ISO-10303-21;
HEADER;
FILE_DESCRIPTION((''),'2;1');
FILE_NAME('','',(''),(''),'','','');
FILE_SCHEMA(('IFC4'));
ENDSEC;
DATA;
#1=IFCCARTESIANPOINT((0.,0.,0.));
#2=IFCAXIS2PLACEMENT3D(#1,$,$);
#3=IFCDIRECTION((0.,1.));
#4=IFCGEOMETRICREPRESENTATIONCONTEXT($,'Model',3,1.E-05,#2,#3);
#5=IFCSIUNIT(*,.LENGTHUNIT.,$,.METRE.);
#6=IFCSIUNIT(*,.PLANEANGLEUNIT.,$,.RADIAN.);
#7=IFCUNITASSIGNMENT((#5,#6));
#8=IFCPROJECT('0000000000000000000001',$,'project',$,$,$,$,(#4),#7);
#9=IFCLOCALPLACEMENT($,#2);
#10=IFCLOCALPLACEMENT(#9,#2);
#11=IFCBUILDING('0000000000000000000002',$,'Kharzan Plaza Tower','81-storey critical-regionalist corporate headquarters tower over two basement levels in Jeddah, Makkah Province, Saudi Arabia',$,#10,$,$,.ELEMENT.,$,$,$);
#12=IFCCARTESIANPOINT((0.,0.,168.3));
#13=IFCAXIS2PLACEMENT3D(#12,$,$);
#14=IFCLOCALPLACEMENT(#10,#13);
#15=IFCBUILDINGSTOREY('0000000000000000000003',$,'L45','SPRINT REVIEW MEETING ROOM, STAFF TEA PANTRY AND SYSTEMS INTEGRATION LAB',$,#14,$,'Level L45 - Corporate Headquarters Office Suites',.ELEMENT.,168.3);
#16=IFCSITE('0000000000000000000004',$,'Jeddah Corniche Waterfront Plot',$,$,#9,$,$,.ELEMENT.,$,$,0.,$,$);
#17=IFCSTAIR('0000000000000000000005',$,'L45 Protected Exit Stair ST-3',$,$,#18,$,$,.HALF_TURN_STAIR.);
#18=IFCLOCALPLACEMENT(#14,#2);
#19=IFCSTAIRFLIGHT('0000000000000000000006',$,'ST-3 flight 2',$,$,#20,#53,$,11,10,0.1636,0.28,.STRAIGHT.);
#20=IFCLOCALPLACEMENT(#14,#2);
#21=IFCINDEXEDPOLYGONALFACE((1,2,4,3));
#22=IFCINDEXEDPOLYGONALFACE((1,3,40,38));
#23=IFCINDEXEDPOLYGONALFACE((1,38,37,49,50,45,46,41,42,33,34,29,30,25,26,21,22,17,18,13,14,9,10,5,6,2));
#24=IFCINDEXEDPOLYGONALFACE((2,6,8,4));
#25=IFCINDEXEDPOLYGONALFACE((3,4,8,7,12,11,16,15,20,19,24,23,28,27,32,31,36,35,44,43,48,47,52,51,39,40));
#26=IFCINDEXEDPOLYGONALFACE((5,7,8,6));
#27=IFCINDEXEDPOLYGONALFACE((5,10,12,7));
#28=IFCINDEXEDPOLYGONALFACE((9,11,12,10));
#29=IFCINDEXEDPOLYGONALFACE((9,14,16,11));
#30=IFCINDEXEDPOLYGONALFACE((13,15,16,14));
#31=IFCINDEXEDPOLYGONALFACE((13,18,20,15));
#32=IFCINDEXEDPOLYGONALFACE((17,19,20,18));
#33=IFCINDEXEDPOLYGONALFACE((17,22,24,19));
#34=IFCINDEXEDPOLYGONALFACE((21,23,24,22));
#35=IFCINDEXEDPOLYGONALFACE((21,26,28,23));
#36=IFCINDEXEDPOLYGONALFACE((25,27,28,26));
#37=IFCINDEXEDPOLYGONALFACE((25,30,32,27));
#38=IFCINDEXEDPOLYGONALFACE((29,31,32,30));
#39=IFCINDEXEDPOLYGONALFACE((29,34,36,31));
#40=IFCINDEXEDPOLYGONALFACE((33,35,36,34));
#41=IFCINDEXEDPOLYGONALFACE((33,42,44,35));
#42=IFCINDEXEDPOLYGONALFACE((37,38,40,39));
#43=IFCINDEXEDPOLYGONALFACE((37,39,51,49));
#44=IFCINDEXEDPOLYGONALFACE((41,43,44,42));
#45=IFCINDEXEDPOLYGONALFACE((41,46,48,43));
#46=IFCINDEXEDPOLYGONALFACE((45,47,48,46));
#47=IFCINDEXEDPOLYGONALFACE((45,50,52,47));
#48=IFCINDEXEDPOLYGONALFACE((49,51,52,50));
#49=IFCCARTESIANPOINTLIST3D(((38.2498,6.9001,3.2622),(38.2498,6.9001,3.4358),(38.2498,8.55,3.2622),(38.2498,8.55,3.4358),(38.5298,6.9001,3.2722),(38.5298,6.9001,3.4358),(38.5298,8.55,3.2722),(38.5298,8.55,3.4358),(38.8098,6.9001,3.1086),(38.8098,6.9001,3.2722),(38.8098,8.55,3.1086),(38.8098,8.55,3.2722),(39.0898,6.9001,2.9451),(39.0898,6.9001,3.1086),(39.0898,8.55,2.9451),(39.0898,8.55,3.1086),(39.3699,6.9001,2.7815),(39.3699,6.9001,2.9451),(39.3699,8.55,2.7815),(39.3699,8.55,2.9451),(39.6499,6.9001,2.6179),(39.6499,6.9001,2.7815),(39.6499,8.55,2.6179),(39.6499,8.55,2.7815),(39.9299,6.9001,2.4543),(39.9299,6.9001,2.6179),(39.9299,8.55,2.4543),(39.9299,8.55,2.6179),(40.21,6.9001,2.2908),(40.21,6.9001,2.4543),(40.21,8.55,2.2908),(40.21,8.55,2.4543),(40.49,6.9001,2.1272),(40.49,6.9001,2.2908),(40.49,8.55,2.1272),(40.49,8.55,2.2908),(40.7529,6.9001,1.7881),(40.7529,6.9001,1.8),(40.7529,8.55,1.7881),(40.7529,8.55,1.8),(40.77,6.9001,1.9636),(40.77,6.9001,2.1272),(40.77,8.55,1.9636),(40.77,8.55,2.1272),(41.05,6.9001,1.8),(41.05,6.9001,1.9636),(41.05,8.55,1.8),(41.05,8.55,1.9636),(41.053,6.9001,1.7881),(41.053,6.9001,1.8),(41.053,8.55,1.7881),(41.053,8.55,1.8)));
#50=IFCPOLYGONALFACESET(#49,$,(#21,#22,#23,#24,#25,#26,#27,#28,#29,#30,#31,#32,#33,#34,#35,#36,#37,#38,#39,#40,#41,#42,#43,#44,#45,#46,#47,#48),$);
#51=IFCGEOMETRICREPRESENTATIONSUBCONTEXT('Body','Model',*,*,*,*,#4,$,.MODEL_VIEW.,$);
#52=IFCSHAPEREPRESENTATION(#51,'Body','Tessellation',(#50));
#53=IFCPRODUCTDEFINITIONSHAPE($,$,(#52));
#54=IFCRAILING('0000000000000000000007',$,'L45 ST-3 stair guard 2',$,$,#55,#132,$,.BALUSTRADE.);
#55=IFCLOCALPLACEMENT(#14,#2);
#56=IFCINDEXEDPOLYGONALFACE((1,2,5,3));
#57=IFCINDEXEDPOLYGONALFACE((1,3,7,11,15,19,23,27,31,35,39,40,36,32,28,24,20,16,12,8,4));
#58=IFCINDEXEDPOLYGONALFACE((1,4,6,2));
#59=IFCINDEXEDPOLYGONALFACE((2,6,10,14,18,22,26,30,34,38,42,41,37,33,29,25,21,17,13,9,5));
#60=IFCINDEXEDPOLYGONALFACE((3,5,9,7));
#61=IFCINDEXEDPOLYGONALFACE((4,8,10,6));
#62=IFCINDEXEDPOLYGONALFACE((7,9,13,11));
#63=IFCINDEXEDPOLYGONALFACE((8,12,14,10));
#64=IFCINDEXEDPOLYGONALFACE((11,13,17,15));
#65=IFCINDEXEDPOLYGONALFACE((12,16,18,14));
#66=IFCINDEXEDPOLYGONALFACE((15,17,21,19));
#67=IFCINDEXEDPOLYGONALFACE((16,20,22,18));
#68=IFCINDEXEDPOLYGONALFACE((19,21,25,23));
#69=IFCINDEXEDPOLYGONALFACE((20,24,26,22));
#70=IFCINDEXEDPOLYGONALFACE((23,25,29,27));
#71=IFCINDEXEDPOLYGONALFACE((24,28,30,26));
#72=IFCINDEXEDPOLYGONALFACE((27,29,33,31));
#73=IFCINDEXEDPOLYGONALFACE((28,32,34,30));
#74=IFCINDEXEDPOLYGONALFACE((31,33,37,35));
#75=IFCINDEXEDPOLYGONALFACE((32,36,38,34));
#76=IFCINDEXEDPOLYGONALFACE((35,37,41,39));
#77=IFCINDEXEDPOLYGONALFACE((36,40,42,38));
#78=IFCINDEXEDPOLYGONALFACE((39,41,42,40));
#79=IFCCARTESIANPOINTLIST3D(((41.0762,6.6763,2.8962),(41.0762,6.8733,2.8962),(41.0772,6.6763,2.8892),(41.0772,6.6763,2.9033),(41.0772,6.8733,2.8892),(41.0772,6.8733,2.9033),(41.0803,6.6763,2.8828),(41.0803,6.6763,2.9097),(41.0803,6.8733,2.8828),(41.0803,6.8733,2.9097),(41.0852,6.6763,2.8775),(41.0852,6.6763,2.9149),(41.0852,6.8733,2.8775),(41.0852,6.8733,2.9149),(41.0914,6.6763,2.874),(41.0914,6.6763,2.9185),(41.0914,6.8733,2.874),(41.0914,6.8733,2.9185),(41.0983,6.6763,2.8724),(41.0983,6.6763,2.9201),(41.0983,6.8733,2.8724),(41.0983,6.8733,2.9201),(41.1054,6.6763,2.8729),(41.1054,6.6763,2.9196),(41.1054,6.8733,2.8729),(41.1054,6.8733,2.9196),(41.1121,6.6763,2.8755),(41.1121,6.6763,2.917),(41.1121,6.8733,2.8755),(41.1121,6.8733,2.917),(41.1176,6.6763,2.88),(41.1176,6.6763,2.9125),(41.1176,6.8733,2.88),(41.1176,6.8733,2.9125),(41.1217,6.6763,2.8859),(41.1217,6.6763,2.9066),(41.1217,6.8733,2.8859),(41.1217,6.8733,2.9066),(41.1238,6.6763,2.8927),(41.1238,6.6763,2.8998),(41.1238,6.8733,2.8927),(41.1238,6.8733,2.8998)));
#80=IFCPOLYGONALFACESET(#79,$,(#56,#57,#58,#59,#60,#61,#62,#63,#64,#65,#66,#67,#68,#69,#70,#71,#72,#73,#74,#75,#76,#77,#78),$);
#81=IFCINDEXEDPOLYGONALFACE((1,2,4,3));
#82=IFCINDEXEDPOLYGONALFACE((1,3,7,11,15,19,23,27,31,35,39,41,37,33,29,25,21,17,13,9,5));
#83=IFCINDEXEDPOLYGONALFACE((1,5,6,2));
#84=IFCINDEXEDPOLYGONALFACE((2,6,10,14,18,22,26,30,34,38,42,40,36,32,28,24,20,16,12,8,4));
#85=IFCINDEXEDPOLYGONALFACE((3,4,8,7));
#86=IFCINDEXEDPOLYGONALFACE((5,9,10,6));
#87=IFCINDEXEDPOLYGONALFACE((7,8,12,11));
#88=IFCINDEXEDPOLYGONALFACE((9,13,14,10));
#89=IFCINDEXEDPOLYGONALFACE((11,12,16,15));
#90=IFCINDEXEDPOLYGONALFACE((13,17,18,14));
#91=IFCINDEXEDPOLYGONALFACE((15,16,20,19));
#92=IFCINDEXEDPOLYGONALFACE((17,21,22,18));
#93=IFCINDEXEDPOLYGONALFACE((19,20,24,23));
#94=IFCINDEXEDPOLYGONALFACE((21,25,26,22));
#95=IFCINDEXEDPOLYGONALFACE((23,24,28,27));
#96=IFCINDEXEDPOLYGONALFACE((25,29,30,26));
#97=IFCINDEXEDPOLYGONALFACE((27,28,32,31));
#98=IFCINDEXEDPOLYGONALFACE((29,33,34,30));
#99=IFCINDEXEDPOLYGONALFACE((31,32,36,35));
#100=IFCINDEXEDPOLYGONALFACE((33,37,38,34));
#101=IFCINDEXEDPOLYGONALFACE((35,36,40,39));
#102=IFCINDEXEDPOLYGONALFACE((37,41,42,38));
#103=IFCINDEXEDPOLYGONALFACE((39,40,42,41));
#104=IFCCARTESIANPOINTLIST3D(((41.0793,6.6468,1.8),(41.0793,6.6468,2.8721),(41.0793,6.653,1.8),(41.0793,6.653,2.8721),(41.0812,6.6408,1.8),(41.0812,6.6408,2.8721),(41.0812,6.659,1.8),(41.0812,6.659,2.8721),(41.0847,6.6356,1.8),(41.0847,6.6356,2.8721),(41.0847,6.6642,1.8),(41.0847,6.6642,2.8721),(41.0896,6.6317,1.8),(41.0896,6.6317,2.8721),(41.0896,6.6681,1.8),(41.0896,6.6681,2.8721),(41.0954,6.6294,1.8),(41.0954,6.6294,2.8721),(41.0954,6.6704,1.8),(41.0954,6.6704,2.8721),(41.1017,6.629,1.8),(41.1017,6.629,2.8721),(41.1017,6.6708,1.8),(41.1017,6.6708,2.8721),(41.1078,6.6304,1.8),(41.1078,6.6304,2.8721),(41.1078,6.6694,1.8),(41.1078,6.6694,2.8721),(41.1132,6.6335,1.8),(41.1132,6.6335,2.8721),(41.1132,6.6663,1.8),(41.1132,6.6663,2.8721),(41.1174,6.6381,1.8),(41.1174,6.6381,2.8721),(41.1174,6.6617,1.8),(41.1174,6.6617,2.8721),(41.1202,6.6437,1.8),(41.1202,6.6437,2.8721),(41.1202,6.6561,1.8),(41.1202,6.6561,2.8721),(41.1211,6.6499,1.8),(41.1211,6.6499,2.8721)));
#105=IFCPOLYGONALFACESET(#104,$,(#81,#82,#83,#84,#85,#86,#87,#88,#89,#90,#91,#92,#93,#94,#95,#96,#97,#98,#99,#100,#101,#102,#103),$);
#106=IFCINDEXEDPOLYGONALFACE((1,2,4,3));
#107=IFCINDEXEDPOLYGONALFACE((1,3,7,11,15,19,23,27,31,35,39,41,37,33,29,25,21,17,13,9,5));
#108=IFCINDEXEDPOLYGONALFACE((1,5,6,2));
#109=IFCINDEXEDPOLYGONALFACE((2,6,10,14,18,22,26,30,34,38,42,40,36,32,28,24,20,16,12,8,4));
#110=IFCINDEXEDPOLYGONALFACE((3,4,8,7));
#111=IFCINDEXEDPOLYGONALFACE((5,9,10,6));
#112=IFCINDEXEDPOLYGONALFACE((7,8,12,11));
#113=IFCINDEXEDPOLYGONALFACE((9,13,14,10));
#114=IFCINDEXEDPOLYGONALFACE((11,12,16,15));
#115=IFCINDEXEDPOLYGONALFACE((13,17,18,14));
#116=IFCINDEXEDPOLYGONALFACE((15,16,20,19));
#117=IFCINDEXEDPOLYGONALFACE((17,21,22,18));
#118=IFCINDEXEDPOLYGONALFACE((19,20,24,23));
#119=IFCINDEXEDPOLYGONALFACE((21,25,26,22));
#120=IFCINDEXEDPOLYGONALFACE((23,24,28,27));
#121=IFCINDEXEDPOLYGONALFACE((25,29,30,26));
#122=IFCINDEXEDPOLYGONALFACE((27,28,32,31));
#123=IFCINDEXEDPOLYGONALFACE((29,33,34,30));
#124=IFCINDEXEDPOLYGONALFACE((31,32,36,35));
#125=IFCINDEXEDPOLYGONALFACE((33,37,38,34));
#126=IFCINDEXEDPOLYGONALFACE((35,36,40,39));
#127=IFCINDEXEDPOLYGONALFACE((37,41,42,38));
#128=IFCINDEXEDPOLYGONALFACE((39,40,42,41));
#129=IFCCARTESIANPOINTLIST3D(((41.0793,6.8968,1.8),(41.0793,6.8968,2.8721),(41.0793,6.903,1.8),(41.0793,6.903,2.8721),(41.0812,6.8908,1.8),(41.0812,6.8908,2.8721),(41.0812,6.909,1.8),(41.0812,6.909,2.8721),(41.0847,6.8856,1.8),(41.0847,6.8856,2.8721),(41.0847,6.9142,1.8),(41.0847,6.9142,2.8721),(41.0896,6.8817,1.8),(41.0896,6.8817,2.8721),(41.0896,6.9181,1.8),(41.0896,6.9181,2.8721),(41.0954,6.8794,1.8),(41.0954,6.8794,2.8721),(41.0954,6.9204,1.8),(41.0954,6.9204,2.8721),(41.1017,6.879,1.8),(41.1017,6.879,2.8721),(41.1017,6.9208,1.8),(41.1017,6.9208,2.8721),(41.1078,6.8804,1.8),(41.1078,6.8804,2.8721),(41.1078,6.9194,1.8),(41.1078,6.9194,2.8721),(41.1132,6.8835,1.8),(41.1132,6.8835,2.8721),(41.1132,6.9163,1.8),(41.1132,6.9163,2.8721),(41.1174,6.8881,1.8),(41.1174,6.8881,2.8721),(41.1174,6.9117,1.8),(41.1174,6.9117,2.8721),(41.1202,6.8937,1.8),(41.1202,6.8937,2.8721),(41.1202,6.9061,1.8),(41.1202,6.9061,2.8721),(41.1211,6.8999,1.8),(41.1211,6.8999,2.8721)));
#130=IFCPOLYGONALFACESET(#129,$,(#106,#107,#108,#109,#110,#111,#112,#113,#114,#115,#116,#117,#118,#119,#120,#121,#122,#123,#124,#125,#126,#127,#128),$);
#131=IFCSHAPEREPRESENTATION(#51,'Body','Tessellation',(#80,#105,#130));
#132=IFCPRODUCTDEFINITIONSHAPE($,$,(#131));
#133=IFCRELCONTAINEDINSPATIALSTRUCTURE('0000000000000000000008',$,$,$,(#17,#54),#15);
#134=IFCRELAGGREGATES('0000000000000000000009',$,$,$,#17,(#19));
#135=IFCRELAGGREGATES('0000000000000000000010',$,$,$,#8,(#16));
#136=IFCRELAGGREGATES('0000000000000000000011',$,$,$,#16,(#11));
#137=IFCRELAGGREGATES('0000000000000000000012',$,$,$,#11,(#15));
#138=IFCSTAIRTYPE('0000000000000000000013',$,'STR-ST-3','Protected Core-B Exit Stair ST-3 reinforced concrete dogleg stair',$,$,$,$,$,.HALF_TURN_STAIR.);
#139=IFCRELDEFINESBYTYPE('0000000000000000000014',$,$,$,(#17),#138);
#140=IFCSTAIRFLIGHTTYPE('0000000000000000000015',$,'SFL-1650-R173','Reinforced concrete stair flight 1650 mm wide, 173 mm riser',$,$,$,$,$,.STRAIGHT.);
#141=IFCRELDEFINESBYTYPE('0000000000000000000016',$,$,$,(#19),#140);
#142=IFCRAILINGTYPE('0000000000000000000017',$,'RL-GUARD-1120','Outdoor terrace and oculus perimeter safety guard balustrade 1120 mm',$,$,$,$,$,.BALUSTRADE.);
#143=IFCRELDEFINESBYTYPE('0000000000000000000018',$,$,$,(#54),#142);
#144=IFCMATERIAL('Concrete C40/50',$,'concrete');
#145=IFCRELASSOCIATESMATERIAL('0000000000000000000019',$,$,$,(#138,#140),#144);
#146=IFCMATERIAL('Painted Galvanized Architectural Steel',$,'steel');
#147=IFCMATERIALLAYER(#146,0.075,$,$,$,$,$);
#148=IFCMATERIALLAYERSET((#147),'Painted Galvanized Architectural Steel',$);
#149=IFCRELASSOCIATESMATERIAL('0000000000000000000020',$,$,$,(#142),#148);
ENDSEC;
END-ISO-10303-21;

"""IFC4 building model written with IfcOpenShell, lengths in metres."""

from ifc_helpers import new_model, si_unit, direction, frame, origin, origin_2d, place, context, subcontext, project, spatial, polyline, circle, outline, extrude, source, transform, mapped, material, layer, layer_set, type_object, element, aggregate, save


model = new_model("IFC4")

# Units and contexts
model_context = context("Model", 3, precision=1e-05, world=origin(), true_north=direction((0.0, 1.0)))
body_context = subcontext(model_context, "Body", "Model", "MODEL_VIEW")
ifc_project = project(units=[si_unit("LENGTHUNIT", "METRE"), si_unit("PLANEANGLEUNIT", "RADIAN")], contexts=[model_context])

# Site, building, storey
site_placement = place(None, origin())
site = spatial("IfcSite", under=ifc_project, at=site_placement, Name="Jeddah Corniche Waterfront Plot", CompositionType="ELEMENT", RefElevation=0.0)
building_placement = place(site_placement, origin())
building = spatial("IfcBuilding", under=site, at=building_placement, Name="Kharzan Plaza Tower", Description="81-storey critical-regionalist corporate headquarters tower over two basement levels in Jeddah, Makkah Province, Saudi Arabia", CompositionType="ELEMENT")
storey_placement = place(building_placement, frame((0.0, 0.0, 168.3)))
storey = spatial("IfcBuildingStorey", under=building, at=storey_placement, Name="L45", Description="SPRINT REVIEW MEETING ROOM, STAFF TEA PANTRY AND SYSTEMS INTEGRATION LAB", LongName="Level L45 - Corporate Headquarters Office Suites", CompositionType="ELEMENT", Elevation=168.3)

# Shared definitions
ifc_material_1 = material(Name="Concrete C40/50", Category="concrete")

# Stair, stair flight
stair_type = type_object("IfcStairType", Name="STR-ST-3", Description="Protected Core-B Exit Stair ST-3 reinforced concrete dogleg stair", PredefinedType="HALF_TURN_STAIR", material=ifc_material_1)
stair_placement = place(storey_placement, origin())
stair = element("IfcStair", 1, at=stair_placement, inside=storey, type_object=stair_type, Name="L45 Protected Exit Stair ST-3", PredefinedType="HALF_TURN_STAIR")
stair_flight_type = type_object("IfcStairFlightType", Name="SFL-1650-R173", Description="Reinforced concrete stair flight 1650 mm wide, 173 mm riser", PredefinedType="STRAIGHT", material=ifc_material_1)
shared_shape_1 = source(origin(), body_context, "Body", "SweptSolid", [
    extrude(outline(polyline([(-0.0029, -0.012), (-0.0029, 0.0), (0.0, 0.0), (0.0, 0.1636), (0.28, 0.1636), (0.28, 0.3271), (0.5601, 0.3271), (0.5601, 0.4907), (0.8401, 0.4907), (0.8401, 0.6543), (1.1201, 0.6543), (1.1201, 0.8179), (1.4001, 0.8179), (1.4001, 0.9814), (1.6802, 0.9814), (1.6802, 1.145), (1.9602, 1.145), (1.9602, 1.3086), (2.2402, 1.3086), (2.2402, 1.4722), (2.5203, 1.4722), (2.5203, 1.6357), (2.8003, 1.6357), (2.8003, 1.7993), (2.8003, 1.4622), (0.2971, 0.0), (0.2971, -0.012), (-0.0029, -0.012)])), frame((0.0, 0.825, 0.0), z_axis=(0.0, -1.0, 0.0), x_axis=(1.0, 0.0, 0.0)), (0.0, 0.0, 1.0), 1.6499),
])
stair_flight_placement = place(storey_placement, frame((41.05, 7.7251, 1.8), z_axis=(0.0, 0.0, 1.0), x_axis=(-1.0, 0.0, 0.0)))
stair_flight = element("IfcStairFlight", 2, at=stair_flight_placement, type_object=stair_flight_type, Name="ST-3 flight 2", NumberOfRisers=11, NumberOfTreads=10, PredefinedType="STRAIGHT", RiserHeight=0.1636, TreadLength=0.28, context=body_context, shape_type="MappedRepresentation", body=[
    mapped(shared_shape_1, transform((0.0, 0.0, 0.0), x_axis=(1.0, 0.0, 0.0), y_axis=(0.0, 1.0, 0.0), z_axis=(0.0, 0.0, 1.0))),
])
aggregate(stair, [stair_flight])

# Railing
ifc_material_2 = material(Name="Painted Galvanized Architectural Steel", Category="steel")
ifc_layer_1 = layer(ifc_material_2, 0.075)
ifc_layer_set_1 = layer_set([ifc_layer_1], Name="Painted Galvanized Architectural Steel")
railing_type_1 = type_object("IfcRailingType", Name="RL-GUARD-1120", Description="Outdoor terrace and oculus perimeter safety guard balustrade 1120 mm", PredefinedType="BALUSTRADE", material=ifc_layer_set_1)
shared_shape_2 = source(origin(), body_context, "Body", "SweptSolid", [
    extrude(circle(Radius=0.0239, at=origin_2d()), frame((0.0, 0.0264, 1.0962), z_axis=(0.0, 1.0, 0.0), x_axis=(-1.0, 0.0, 0.0)), (0.0, 0.0, 1.0), 0.197),
    extrude(circle(Radius=0.021, at=origin_2d()), origin(), (0.0, 0.0, 1.0), 1.072),
    extrude(circle(Radius=0.021, at=origin_2d()), frame((0.0, 0.25, 0.0)), (0.0, 0.0, 1.0), 1.072),
])
railing_1_placement = place(storey_placement, frame((41.1001, 6.6499, 1.8)))
element("IfcRailing", 3, at=railing_1_placement, inside=storey, type_object=railing_type_1, Name="L45 ST-3 stair guard 2", PredefinedType="BALUSTRADE", context=body_context, shape_type="MappedRepresentation", body=[
    mapped(shared_shape_2, transform((0.0, 0.0, 0.0), x_axis=(1.0, 0.0, 0.0), y_axis=(0.0, 1.0, 0.0), z_axis=(0.0, 0.0, 1.0))),
])

save(model, "model.ifc")
